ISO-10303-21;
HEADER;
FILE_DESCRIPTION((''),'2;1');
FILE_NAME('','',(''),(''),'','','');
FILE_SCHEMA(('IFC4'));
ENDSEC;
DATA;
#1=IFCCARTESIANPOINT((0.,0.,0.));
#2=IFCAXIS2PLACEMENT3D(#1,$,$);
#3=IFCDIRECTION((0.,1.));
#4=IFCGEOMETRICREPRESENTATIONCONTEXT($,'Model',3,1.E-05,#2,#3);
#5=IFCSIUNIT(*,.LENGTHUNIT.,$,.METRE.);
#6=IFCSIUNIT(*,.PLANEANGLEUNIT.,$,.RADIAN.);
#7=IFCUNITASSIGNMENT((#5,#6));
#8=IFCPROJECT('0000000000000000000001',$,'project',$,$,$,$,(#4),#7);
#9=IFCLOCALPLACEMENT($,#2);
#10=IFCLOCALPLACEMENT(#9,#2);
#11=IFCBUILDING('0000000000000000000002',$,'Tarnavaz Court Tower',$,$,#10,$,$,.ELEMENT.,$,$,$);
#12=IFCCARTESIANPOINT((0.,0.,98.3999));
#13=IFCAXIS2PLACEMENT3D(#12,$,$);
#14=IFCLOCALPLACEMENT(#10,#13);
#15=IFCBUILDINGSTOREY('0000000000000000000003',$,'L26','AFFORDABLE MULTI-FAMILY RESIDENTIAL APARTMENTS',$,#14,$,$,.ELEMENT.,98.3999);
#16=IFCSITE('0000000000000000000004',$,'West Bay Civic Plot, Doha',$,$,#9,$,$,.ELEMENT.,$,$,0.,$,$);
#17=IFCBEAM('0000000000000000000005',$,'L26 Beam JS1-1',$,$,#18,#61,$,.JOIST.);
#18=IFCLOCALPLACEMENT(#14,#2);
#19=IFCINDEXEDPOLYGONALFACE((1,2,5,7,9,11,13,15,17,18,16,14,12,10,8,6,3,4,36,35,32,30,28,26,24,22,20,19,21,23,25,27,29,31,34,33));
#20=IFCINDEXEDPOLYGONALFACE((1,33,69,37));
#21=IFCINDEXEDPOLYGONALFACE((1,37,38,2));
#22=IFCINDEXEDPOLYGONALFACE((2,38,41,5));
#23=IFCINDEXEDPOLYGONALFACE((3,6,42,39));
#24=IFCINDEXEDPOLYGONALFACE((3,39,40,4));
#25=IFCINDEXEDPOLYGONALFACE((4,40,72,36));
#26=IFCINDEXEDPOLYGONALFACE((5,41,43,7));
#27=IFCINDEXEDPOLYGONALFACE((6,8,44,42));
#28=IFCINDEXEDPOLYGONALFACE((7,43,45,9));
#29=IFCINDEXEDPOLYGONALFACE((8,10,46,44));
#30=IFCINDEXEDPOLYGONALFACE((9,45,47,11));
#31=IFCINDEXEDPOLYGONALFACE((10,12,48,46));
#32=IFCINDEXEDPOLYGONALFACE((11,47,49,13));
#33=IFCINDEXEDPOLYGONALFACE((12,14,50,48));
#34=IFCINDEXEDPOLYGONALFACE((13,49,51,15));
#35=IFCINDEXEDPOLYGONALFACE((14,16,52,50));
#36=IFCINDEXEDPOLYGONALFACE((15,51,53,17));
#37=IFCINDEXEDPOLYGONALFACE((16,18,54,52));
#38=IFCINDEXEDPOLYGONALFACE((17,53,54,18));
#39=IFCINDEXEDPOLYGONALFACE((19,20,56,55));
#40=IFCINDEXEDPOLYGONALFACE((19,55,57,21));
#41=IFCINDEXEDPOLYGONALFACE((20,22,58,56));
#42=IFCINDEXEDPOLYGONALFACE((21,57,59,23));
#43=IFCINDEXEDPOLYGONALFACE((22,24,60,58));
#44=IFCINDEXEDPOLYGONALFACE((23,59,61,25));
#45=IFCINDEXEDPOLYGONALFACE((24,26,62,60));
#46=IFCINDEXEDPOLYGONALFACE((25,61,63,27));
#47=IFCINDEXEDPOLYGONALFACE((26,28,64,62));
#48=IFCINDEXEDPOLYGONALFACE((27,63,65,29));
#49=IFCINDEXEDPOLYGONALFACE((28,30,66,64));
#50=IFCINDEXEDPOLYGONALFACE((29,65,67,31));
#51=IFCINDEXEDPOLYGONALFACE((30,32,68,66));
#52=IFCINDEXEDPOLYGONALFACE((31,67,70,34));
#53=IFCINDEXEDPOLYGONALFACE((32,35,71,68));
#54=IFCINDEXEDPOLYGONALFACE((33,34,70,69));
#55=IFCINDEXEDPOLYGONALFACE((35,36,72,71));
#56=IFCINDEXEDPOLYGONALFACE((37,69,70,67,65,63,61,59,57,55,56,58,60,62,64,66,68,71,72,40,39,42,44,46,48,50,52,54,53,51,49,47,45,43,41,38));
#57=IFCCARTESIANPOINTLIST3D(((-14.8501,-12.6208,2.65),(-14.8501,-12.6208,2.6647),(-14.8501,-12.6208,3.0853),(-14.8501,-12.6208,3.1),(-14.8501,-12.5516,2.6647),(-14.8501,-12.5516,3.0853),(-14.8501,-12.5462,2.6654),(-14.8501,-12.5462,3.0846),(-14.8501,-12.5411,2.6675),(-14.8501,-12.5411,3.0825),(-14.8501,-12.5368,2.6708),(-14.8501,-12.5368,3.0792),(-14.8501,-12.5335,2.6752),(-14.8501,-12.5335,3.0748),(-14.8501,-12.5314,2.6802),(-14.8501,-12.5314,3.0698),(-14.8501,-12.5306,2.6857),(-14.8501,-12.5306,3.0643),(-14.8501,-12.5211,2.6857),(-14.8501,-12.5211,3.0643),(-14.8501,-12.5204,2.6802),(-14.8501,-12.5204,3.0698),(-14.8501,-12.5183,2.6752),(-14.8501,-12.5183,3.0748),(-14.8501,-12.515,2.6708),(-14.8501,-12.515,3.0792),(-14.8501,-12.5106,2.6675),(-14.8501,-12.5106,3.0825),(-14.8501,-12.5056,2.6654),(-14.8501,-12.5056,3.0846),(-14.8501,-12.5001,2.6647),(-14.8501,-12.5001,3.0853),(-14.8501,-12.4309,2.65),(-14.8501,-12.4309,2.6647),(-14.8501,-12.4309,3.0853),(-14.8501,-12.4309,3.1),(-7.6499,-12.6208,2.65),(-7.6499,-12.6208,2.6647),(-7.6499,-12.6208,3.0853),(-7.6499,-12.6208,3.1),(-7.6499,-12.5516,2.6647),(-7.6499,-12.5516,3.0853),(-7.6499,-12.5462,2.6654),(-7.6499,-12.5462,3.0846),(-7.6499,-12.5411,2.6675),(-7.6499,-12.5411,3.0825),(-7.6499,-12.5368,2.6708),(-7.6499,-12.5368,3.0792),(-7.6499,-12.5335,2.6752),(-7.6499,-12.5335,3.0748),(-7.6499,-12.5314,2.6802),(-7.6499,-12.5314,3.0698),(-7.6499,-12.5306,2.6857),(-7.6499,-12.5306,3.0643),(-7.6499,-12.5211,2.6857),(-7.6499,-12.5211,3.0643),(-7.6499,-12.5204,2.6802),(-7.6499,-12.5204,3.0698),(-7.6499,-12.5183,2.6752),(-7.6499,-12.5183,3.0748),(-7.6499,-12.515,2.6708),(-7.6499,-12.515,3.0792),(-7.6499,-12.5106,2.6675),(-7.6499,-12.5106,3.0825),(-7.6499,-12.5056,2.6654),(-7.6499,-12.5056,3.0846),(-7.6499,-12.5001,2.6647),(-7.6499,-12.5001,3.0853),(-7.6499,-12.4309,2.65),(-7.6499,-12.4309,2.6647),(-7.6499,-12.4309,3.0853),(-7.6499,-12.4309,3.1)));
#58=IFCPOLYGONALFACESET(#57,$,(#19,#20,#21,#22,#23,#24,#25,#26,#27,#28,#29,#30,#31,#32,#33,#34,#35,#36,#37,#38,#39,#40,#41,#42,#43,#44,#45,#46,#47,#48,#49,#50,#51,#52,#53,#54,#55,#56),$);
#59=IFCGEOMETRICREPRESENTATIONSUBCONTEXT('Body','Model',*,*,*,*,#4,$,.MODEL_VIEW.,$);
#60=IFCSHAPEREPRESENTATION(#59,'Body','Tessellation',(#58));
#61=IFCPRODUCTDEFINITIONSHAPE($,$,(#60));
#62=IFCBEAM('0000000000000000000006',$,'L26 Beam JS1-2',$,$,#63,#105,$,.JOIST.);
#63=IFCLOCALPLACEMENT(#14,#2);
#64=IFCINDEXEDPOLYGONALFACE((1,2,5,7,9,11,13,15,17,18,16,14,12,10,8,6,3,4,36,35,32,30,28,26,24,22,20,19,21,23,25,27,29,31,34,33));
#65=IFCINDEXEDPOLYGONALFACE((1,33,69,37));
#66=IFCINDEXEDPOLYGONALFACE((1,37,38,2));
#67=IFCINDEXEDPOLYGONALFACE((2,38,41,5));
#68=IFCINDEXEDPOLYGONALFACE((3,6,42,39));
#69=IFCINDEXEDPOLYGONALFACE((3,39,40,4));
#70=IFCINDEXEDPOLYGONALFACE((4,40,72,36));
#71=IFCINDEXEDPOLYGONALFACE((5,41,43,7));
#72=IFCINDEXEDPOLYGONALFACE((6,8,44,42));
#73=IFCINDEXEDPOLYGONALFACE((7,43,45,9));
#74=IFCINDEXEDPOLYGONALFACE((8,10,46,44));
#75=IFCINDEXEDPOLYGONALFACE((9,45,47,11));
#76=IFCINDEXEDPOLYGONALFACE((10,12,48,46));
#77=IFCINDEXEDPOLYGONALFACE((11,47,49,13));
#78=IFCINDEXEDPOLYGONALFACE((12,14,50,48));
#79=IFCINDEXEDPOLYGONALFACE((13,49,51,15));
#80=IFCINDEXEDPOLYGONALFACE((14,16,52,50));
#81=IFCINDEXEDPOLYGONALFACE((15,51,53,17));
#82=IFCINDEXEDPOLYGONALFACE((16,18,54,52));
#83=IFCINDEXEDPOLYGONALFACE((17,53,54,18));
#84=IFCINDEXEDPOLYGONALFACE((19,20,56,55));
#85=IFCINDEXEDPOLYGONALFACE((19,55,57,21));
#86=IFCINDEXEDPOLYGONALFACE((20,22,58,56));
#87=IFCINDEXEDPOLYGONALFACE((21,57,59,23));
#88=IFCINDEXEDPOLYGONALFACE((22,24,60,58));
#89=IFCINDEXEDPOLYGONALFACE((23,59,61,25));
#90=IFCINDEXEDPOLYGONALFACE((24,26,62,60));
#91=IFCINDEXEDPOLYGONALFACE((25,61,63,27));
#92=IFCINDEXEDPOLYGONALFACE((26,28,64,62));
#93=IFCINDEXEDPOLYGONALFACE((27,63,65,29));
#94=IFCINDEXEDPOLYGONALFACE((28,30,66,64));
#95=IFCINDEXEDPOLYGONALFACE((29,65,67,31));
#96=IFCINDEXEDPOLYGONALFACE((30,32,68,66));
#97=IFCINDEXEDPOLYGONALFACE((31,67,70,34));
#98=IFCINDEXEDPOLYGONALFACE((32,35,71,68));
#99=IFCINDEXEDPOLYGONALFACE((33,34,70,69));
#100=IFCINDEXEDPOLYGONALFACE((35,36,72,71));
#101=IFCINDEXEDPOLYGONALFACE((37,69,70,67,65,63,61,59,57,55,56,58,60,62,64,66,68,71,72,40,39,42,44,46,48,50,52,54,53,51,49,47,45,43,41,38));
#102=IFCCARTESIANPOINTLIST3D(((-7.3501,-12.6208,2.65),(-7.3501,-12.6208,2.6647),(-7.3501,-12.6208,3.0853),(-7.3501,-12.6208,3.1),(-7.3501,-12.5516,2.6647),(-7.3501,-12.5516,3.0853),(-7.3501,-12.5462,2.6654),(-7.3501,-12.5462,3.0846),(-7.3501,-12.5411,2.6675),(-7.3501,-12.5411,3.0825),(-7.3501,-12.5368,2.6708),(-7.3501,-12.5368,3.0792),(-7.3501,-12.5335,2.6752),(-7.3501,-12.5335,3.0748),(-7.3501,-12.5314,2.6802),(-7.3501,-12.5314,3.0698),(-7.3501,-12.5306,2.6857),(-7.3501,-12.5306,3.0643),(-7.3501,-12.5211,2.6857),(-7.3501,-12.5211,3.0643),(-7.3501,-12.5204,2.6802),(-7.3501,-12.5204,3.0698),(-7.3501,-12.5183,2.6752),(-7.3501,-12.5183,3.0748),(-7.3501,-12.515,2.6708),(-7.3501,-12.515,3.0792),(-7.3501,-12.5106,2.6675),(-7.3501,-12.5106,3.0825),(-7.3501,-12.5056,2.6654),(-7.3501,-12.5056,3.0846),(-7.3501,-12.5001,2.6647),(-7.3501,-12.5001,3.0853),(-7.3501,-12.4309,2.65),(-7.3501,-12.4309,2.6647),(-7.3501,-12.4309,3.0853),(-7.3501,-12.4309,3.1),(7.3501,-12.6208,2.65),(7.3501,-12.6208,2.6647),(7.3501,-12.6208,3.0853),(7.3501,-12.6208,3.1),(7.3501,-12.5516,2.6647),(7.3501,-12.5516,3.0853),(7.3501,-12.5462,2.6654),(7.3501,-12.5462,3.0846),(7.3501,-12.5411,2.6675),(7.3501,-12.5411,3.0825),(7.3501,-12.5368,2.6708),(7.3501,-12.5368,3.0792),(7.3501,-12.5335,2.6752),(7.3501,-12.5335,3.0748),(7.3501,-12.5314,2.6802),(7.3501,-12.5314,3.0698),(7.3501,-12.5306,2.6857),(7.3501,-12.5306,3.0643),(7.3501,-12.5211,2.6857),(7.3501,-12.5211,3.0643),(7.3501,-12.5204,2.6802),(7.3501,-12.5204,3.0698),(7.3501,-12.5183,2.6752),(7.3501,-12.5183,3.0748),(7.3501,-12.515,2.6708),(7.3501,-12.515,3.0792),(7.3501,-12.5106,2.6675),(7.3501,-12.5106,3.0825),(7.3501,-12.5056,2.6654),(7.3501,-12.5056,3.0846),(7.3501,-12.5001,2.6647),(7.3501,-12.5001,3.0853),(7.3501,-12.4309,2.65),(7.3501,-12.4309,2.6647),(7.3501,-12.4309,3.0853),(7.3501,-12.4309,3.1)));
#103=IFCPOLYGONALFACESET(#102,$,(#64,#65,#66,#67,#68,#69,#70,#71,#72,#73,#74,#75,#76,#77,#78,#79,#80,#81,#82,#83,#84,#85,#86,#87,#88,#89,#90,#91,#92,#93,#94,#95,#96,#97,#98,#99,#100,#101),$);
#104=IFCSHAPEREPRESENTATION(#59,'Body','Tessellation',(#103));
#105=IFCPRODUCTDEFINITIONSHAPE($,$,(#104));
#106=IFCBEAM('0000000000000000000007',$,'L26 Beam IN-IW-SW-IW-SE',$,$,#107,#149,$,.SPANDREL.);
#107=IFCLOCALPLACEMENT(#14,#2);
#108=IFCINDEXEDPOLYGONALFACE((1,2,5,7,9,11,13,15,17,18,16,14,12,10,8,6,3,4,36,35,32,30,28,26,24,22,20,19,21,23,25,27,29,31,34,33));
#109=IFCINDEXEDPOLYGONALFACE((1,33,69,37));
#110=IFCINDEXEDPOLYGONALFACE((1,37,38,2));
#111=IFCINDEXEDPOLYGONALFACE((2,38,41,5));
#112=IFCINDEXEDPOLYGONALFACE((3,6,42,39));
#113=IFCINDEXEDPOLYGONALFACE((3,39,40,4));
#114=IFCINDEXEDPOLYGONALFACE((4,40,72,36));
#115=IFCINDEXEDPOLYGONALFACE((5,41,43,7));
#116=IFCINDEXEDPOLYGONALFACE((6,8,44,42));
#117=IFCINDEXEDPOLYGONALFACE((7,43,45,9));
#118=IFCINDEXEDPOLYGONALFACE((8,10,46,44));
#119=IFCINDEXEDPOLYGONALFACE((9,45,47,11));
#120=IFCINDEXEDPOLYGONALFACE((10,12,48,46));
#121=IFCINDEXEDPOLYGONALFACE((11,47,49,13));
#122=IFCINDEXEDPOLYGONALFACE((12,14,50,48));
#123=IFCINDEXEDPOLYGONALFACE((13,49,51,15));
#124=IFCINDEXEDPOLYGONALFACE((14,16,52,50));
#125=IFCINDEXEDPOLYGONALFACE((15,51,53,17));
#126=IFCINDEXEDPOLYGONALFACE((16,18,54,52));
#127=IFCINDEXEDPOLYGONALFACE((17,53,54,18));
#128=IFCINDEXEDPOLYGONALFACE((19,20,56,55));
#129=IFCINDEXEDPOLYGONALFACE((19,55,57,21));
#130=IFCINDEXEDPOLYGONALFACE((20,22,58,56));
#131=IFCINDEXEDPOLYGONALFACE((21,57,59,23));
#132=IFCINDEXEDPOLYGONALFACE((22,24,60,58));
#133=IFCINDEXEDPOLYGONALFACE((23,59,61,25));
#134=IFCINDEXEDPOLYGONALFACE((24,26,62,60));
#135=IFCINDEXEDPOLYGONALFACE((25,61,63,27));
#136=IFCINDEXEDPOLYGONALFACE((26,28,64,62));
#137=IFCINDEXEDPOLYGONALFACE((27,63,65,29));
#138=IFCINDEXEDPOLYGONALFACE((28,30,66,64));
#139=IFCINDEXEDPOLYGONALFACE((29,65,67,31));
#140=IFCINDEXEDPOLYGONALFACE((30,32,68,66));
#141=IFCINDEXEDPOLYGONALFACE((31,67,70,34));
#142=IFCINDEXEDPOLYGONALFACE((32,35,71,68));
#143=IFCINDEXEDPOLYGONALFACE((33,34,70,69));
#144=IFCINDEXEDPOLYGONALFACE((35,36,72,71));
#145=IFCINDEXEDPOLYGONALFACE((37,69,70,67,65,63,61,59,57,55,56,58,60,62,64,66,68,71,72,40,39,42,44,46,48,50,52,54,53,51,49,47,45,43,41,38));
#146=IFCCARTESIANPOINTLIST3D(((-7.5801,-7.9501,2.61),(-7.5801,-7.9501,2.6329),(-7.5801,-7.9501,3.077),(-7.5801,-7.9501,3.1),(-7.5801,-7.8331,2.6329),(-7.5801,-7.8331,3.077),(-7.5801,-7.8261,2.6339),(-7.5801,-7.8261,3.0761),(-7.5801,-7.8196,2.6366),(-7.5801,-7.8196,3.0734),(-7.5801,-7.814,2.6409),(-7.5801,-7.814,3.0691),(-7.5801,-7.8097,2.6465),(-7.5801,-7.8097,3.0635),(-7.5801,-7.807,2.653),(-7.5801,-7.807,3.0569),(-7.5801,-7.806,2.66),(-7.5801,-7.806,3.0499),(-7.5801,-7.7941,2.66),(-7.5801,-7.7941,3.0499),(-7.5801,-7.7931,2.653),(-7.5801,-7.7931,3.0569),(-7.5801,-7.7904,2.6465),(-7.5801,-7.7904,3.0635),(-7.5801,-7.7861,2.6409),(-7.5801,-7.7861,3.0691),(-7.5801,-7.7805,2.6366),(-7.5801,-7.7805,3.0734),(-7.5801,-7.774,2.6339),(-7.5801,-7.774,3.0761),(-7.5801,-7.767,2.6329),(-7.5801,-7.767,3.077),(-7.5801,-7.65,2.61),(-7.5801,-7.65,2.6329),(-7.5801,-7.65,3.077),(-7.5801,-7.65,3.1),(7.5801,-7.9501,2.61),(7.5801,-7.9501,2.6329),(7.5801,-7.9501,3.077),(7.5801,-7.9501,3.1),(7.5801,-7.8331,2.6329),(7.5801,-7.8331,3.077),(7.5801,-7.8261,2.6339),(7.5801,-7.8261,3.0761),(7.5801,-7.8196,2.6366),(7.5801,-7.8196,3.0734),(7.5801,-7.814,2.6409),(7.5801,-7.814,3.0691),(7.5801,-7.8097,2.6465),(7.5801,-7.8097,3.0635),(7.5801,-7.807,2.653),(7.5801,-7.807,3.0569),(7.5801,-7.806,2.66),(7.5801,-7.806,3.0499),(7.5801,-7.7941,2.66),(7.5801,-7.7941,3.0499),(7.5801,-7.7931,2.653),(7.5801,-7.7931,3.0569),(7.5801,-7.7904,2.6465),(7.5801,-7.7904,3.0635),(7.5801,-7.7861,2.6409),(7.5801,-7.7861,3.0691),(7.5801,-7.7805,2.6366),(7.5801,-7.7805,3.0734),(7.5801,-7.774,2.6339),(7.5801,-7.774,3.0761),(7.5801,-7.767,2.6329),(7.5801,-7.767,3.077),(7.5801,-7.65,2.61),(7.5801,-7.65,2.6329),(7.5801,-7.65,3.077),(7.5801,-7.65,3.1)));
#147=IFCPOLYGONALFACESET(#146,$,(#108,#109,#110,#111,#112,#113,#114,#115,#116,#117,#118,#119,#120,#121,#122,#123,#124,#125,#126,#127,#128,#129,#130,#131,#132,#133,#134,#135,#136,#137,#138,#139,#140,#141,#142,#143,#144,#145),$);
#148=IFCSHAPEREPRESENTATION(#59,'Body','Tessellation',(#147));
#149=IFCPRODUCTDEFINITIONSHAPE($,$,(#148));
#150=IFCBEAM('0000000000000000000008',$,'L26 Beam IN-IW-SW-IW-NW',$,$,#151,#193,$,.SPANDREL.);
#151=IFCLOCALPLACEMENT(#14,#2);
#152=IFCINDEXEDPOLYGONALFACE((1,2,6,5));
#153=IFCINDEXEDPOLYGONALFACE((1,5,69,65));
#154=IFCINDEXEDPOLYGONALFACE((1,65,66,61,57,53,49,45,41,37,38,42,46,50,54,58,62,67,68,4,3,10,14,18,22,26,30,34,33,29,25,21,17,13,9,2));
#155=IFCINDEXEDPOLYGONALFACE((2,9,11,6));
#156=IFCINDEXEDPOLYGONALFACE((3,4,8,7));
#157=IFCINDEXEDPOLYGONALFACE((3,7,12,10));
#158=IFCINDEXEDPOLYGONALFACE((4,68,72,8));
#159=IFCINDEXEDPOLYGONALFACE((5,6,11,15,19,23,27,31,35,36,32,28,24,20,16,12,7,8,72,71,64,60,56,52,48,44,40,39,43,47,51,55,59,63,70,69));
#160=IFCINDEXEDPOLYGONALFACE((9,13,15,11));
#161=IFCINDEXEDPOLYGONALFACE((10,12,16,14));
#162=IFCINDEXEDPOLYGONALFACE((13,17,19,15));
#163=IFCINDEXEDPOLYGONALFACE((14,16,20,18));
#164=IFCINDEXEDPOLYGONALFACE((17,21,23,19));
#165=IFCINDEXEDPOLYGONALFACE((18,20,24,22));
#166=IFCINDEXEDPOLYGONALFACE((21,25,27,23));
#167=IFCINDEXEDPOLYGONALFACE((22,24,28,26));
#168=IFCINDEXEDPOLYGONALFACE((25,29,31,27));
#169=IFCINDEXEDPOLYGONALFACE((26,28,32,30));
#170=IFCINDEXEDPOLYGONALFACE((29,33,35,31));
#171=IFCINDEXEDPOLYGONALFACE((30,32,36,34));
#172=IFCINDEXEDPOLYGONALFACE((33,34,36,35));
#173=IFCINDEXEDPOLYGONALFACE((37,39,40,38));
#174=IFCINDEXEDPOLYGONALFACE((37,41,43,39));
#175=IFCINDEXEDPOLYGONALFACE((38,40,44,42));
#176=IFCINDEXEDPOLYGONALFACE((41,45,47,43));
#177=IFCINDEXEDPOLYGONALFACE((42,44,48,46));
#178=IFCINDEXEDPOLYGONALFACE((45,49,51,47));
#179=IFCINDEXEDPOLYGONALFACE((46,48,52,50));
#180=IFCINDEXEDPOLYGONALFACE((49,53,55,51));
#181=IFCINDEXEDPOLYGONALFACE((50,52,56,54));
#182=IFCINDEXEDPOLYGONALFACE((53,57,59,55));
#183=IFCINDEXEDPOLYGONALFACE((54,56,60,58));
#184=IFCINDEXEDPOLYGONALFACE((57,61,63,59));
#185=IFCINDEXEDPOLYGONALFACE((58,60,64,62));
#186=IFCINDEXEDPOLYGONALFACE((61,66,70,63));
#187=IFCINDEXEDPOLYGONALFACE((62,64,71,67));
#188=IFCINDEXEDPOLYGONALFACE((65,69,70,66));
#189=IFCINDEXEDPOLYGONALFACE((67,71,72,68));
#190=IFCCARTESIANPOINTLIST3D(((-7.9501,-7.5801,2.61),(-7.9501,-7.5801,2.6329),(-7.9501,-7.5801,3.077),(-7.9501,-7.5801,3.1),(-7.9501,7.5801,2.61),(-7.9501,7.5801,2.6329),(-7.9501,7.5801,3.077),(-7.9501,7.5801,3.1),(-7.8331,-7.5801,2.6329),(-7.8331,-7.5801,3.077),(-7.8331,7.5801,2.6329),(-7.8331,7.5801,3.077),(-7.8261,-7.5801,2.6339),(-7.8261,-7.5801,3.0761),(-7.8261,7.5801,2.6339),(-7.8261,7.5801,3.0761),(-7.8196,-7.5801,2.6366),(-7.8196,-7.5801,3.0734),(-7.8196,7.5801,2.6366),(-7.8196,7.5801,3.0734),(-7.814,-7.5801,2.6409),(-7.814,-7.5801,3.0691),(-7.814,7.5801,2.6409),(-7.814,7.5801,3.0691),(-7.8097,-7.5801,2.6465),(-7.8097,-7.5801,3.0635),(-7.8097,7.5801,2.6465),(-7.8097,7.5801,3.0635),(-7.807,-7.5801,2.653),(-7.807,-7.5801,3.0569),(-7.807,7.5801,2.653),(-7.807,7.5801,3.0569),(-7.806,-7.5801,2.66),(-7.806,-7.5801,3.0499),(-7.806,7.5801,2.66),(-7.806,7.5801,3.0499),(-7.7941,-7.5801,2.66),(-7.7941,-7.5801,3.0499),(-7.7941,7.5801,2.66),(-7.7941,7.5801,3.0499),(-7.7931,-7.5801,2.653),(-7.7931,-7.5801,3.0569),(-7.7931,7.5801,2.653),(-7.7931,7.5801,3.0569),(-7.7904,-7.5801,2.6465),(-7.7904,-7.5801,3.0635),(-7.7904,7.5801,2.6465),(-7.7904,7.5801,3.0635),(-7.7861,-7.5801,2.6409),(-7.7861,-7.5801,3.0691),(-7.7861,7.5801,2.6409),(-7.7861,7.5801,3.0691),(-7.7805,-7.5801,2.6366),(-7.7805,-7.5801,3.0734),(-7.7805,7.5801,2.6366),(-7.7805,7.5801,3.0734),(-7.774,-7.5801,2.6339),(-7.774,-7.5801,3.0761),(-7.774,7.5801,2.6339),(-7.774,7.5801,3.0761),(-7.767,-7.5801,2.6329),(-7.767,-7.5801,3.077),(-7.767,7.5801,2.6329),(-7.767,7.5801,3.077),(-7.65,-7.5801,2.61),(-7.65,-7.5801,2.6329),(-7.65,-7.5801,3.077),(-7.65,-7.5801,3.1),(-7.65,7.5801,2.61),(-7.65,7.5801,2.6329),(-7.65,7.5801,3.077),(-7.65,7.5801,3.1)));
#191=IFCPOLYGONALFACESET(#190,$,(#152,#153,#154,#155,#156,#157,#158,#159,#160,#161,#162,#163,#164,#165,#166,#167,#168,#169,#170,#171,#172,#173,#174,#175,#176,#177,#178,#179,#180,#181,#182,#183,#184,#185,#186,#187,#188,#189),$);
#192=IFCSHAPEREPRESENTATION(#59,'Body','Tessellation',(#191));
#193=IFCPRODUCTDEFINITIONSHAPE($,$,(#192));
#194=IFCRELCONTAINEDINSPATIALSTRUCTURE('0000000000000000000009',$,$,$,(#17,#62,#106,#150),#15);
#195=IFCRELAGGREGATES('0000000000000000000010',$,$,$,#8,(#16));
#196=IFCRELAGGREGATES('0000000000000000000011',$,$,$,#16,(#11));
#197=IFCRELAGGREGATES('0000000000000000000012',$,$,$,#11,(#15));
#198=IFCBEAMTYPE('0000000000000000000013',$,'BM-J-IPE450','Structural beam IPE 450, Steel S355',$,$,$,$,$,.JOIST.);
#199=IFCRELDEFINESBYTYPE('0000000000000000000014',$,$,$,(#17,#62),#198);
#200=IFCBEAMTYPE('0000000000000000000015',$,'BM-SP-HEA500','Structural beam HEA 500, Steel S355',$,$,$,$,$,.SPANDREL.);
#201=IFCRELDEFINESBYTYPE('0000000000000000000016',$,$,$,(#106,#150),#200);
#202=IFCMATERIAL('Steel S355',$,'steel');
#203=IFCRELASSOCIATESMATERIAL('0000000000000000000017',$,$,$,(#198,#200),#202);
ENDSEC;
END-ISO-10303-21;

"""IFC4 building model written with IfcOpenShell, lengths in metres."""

from ifc_helpers import new_model, si_unit, direction, frame, origin, origin_2d, place, context, subcontext, project, spatial, i_section, extrude, material, material_profile, profile_set, type_object, element, save


model = new_model("IFC4")

# Units and contexts
model_context = context("Model", 3, precision=1e-05, world=origin(), true_north=direction((0.0, 1.0)))
body_context = subcontext(model_context, "Body", "Model", "MODEL_VIEW")
ifc_project = project(units=[si_unit("LENGTHUNIT", "METRE"), si_unit("PLANEANGLEUNIT", "RADIAN")], contexts=[model_context])

# Site, building, storey
site_placement = place(None, origin())
site = spatial("IfcSite", under=ifc_project, at=site_placement, Name="West Bay Civic Plot, Doha", CompositionType="ELEMENT", RefElevation=0.0)
building_placement = place(site_placement, origin())
building = spatial("IfcBuilding", under=site, at=building_placement, Name="Tarnavaz Court Tower", CompositionType="ELEMENT")
storey_placement = place(building_placement, frame((0.0, 0.0, 98.3999)))
storey = spatial("IfcBuildingStorey", under=building, at=storey_placement, Name="L26", Description="AFFORDABLE MULTI-FAMILY RESIDENTIAL APARTMENTS", CompositionType="ELEMENT", Elevation=98.3999)

# Beams
ifc_material_1 = material(Name="Steel S355", Category="steel")
ifc_material_profile_1 = material_profile(ifc_material_1, i_section(OverallWidth=0.1899, OverallDepth=0.45, WebThickness=0.0095, FlangeThickness=0.0146, FilletRadius=0.021, at=origin_2d()), Name="IPE 450")
ifc_profile_set_1 = profile_set([ifc_material_profile_1], Name="Steel S355")
beam_type_1 = type_object("IfcBeamType", Name="BM-J-IPE450", Description="Structural beam IPE 450, Steel S355", PredefinedType="JOIST", material=ifc_profile_set_1)
beam_1_placement = place(storey_placement, frame((-14.8501, -12.5259, 2.875), z_axis=(1.0, 0.0, 0.0), x_axis=(0.0, 1.0, 0.0)))
element("IfcBeam", 1, at=beam_1_placement, inside=storey, type_object=beam_type_1, Name="L26 Beam JS1-1", PredefinedType="JOIST", context=body_context, shape_type="SweptSolid", body=[
    extrude(i_section(OverallWidth=0.1899, OverallDepth=0.45, WebThickness=0.0095, FlangeThickness=0.0146, FilletRadius=0.021, at=origin_2d()), origin(), (0.0, 0.0, 1.0), 7.2002),
])
beam_2_placement = place(storey_placement, frame((-7.3501, -12.5259, 2.875), z_axis=(1.0, 0.0, 0.0), x_axis=(0.0, 1.0, 0.0)))
element("IfcBeam", 2, at=beam_2_placement, inside=storey, type_object=beam_type_1, Name="L26 Beam JS1-2", PredefinedType="JOIST", context=body_context, shape_type="SweptSolid", body=[
    extrude(i_section(OverallWidth=0.1899, OverallDepth=0.45, WebThickness=0.0095, FlangeThickness=0.0146, FilletRadius=0.021, at=origin_2d()), origin(), (0.0, 0.0, 1.0), 14.7002),
])
ifc_material_profile_2 = material_profile(ifc_material_1, i_section(OverallWidth=0.3, OverallDepth=0.49, WebThickness=0.012, FlangeThickness=0.0229, FilletRadius=0.0271, at=origin_2d()), Name="HEA 500")
ifc_profile_set_2 = profile_set([ifc_material_profile_2], Name="Steel S355")
beam_type_2 = type_object("IfcBeamType", Name="BM-SP-HEA500", Description="Structural beam HEA 500, Steel S355", PredefinedType="SPANDREL", material=ifc_profile_set_2)
for number, where, z_axis, x_axis, name in (
    (3, (-7.5801, -7.8, 2.855), (1.0, 0.0, 0.0), (0.0, 1.0, 0.0), "L26 Beam IN-IW-SW-IW-SE"),
    (4, (-7.8, -7.5801, 2.855), (0.0, 1.0, 0.0), (-1.0, 0.0, 0.0), "L26 Beam IN-IW-SW-IW-NW"),
):
    element("IfcBeam", number, at=place(storey_placement, frame(where, z_axis=z_axis, x_axis=x_axis)), inside=storey, type_object=beam_type_2, Name=name, PredefinedType="SPANDREL", context=body_context, shape_type="SweptSolid", body=[
        extrude(i_section(OverallWidth=0.3, OverallDepth=0.49, WebThickness=0.012, FlangeThickness=0.0229, FilletRadius=0.0271, at=origin_2d()), origin(), (0.0, 0.0, 1.0), 15.1602),
    ])

save(model, "model.ifc")
